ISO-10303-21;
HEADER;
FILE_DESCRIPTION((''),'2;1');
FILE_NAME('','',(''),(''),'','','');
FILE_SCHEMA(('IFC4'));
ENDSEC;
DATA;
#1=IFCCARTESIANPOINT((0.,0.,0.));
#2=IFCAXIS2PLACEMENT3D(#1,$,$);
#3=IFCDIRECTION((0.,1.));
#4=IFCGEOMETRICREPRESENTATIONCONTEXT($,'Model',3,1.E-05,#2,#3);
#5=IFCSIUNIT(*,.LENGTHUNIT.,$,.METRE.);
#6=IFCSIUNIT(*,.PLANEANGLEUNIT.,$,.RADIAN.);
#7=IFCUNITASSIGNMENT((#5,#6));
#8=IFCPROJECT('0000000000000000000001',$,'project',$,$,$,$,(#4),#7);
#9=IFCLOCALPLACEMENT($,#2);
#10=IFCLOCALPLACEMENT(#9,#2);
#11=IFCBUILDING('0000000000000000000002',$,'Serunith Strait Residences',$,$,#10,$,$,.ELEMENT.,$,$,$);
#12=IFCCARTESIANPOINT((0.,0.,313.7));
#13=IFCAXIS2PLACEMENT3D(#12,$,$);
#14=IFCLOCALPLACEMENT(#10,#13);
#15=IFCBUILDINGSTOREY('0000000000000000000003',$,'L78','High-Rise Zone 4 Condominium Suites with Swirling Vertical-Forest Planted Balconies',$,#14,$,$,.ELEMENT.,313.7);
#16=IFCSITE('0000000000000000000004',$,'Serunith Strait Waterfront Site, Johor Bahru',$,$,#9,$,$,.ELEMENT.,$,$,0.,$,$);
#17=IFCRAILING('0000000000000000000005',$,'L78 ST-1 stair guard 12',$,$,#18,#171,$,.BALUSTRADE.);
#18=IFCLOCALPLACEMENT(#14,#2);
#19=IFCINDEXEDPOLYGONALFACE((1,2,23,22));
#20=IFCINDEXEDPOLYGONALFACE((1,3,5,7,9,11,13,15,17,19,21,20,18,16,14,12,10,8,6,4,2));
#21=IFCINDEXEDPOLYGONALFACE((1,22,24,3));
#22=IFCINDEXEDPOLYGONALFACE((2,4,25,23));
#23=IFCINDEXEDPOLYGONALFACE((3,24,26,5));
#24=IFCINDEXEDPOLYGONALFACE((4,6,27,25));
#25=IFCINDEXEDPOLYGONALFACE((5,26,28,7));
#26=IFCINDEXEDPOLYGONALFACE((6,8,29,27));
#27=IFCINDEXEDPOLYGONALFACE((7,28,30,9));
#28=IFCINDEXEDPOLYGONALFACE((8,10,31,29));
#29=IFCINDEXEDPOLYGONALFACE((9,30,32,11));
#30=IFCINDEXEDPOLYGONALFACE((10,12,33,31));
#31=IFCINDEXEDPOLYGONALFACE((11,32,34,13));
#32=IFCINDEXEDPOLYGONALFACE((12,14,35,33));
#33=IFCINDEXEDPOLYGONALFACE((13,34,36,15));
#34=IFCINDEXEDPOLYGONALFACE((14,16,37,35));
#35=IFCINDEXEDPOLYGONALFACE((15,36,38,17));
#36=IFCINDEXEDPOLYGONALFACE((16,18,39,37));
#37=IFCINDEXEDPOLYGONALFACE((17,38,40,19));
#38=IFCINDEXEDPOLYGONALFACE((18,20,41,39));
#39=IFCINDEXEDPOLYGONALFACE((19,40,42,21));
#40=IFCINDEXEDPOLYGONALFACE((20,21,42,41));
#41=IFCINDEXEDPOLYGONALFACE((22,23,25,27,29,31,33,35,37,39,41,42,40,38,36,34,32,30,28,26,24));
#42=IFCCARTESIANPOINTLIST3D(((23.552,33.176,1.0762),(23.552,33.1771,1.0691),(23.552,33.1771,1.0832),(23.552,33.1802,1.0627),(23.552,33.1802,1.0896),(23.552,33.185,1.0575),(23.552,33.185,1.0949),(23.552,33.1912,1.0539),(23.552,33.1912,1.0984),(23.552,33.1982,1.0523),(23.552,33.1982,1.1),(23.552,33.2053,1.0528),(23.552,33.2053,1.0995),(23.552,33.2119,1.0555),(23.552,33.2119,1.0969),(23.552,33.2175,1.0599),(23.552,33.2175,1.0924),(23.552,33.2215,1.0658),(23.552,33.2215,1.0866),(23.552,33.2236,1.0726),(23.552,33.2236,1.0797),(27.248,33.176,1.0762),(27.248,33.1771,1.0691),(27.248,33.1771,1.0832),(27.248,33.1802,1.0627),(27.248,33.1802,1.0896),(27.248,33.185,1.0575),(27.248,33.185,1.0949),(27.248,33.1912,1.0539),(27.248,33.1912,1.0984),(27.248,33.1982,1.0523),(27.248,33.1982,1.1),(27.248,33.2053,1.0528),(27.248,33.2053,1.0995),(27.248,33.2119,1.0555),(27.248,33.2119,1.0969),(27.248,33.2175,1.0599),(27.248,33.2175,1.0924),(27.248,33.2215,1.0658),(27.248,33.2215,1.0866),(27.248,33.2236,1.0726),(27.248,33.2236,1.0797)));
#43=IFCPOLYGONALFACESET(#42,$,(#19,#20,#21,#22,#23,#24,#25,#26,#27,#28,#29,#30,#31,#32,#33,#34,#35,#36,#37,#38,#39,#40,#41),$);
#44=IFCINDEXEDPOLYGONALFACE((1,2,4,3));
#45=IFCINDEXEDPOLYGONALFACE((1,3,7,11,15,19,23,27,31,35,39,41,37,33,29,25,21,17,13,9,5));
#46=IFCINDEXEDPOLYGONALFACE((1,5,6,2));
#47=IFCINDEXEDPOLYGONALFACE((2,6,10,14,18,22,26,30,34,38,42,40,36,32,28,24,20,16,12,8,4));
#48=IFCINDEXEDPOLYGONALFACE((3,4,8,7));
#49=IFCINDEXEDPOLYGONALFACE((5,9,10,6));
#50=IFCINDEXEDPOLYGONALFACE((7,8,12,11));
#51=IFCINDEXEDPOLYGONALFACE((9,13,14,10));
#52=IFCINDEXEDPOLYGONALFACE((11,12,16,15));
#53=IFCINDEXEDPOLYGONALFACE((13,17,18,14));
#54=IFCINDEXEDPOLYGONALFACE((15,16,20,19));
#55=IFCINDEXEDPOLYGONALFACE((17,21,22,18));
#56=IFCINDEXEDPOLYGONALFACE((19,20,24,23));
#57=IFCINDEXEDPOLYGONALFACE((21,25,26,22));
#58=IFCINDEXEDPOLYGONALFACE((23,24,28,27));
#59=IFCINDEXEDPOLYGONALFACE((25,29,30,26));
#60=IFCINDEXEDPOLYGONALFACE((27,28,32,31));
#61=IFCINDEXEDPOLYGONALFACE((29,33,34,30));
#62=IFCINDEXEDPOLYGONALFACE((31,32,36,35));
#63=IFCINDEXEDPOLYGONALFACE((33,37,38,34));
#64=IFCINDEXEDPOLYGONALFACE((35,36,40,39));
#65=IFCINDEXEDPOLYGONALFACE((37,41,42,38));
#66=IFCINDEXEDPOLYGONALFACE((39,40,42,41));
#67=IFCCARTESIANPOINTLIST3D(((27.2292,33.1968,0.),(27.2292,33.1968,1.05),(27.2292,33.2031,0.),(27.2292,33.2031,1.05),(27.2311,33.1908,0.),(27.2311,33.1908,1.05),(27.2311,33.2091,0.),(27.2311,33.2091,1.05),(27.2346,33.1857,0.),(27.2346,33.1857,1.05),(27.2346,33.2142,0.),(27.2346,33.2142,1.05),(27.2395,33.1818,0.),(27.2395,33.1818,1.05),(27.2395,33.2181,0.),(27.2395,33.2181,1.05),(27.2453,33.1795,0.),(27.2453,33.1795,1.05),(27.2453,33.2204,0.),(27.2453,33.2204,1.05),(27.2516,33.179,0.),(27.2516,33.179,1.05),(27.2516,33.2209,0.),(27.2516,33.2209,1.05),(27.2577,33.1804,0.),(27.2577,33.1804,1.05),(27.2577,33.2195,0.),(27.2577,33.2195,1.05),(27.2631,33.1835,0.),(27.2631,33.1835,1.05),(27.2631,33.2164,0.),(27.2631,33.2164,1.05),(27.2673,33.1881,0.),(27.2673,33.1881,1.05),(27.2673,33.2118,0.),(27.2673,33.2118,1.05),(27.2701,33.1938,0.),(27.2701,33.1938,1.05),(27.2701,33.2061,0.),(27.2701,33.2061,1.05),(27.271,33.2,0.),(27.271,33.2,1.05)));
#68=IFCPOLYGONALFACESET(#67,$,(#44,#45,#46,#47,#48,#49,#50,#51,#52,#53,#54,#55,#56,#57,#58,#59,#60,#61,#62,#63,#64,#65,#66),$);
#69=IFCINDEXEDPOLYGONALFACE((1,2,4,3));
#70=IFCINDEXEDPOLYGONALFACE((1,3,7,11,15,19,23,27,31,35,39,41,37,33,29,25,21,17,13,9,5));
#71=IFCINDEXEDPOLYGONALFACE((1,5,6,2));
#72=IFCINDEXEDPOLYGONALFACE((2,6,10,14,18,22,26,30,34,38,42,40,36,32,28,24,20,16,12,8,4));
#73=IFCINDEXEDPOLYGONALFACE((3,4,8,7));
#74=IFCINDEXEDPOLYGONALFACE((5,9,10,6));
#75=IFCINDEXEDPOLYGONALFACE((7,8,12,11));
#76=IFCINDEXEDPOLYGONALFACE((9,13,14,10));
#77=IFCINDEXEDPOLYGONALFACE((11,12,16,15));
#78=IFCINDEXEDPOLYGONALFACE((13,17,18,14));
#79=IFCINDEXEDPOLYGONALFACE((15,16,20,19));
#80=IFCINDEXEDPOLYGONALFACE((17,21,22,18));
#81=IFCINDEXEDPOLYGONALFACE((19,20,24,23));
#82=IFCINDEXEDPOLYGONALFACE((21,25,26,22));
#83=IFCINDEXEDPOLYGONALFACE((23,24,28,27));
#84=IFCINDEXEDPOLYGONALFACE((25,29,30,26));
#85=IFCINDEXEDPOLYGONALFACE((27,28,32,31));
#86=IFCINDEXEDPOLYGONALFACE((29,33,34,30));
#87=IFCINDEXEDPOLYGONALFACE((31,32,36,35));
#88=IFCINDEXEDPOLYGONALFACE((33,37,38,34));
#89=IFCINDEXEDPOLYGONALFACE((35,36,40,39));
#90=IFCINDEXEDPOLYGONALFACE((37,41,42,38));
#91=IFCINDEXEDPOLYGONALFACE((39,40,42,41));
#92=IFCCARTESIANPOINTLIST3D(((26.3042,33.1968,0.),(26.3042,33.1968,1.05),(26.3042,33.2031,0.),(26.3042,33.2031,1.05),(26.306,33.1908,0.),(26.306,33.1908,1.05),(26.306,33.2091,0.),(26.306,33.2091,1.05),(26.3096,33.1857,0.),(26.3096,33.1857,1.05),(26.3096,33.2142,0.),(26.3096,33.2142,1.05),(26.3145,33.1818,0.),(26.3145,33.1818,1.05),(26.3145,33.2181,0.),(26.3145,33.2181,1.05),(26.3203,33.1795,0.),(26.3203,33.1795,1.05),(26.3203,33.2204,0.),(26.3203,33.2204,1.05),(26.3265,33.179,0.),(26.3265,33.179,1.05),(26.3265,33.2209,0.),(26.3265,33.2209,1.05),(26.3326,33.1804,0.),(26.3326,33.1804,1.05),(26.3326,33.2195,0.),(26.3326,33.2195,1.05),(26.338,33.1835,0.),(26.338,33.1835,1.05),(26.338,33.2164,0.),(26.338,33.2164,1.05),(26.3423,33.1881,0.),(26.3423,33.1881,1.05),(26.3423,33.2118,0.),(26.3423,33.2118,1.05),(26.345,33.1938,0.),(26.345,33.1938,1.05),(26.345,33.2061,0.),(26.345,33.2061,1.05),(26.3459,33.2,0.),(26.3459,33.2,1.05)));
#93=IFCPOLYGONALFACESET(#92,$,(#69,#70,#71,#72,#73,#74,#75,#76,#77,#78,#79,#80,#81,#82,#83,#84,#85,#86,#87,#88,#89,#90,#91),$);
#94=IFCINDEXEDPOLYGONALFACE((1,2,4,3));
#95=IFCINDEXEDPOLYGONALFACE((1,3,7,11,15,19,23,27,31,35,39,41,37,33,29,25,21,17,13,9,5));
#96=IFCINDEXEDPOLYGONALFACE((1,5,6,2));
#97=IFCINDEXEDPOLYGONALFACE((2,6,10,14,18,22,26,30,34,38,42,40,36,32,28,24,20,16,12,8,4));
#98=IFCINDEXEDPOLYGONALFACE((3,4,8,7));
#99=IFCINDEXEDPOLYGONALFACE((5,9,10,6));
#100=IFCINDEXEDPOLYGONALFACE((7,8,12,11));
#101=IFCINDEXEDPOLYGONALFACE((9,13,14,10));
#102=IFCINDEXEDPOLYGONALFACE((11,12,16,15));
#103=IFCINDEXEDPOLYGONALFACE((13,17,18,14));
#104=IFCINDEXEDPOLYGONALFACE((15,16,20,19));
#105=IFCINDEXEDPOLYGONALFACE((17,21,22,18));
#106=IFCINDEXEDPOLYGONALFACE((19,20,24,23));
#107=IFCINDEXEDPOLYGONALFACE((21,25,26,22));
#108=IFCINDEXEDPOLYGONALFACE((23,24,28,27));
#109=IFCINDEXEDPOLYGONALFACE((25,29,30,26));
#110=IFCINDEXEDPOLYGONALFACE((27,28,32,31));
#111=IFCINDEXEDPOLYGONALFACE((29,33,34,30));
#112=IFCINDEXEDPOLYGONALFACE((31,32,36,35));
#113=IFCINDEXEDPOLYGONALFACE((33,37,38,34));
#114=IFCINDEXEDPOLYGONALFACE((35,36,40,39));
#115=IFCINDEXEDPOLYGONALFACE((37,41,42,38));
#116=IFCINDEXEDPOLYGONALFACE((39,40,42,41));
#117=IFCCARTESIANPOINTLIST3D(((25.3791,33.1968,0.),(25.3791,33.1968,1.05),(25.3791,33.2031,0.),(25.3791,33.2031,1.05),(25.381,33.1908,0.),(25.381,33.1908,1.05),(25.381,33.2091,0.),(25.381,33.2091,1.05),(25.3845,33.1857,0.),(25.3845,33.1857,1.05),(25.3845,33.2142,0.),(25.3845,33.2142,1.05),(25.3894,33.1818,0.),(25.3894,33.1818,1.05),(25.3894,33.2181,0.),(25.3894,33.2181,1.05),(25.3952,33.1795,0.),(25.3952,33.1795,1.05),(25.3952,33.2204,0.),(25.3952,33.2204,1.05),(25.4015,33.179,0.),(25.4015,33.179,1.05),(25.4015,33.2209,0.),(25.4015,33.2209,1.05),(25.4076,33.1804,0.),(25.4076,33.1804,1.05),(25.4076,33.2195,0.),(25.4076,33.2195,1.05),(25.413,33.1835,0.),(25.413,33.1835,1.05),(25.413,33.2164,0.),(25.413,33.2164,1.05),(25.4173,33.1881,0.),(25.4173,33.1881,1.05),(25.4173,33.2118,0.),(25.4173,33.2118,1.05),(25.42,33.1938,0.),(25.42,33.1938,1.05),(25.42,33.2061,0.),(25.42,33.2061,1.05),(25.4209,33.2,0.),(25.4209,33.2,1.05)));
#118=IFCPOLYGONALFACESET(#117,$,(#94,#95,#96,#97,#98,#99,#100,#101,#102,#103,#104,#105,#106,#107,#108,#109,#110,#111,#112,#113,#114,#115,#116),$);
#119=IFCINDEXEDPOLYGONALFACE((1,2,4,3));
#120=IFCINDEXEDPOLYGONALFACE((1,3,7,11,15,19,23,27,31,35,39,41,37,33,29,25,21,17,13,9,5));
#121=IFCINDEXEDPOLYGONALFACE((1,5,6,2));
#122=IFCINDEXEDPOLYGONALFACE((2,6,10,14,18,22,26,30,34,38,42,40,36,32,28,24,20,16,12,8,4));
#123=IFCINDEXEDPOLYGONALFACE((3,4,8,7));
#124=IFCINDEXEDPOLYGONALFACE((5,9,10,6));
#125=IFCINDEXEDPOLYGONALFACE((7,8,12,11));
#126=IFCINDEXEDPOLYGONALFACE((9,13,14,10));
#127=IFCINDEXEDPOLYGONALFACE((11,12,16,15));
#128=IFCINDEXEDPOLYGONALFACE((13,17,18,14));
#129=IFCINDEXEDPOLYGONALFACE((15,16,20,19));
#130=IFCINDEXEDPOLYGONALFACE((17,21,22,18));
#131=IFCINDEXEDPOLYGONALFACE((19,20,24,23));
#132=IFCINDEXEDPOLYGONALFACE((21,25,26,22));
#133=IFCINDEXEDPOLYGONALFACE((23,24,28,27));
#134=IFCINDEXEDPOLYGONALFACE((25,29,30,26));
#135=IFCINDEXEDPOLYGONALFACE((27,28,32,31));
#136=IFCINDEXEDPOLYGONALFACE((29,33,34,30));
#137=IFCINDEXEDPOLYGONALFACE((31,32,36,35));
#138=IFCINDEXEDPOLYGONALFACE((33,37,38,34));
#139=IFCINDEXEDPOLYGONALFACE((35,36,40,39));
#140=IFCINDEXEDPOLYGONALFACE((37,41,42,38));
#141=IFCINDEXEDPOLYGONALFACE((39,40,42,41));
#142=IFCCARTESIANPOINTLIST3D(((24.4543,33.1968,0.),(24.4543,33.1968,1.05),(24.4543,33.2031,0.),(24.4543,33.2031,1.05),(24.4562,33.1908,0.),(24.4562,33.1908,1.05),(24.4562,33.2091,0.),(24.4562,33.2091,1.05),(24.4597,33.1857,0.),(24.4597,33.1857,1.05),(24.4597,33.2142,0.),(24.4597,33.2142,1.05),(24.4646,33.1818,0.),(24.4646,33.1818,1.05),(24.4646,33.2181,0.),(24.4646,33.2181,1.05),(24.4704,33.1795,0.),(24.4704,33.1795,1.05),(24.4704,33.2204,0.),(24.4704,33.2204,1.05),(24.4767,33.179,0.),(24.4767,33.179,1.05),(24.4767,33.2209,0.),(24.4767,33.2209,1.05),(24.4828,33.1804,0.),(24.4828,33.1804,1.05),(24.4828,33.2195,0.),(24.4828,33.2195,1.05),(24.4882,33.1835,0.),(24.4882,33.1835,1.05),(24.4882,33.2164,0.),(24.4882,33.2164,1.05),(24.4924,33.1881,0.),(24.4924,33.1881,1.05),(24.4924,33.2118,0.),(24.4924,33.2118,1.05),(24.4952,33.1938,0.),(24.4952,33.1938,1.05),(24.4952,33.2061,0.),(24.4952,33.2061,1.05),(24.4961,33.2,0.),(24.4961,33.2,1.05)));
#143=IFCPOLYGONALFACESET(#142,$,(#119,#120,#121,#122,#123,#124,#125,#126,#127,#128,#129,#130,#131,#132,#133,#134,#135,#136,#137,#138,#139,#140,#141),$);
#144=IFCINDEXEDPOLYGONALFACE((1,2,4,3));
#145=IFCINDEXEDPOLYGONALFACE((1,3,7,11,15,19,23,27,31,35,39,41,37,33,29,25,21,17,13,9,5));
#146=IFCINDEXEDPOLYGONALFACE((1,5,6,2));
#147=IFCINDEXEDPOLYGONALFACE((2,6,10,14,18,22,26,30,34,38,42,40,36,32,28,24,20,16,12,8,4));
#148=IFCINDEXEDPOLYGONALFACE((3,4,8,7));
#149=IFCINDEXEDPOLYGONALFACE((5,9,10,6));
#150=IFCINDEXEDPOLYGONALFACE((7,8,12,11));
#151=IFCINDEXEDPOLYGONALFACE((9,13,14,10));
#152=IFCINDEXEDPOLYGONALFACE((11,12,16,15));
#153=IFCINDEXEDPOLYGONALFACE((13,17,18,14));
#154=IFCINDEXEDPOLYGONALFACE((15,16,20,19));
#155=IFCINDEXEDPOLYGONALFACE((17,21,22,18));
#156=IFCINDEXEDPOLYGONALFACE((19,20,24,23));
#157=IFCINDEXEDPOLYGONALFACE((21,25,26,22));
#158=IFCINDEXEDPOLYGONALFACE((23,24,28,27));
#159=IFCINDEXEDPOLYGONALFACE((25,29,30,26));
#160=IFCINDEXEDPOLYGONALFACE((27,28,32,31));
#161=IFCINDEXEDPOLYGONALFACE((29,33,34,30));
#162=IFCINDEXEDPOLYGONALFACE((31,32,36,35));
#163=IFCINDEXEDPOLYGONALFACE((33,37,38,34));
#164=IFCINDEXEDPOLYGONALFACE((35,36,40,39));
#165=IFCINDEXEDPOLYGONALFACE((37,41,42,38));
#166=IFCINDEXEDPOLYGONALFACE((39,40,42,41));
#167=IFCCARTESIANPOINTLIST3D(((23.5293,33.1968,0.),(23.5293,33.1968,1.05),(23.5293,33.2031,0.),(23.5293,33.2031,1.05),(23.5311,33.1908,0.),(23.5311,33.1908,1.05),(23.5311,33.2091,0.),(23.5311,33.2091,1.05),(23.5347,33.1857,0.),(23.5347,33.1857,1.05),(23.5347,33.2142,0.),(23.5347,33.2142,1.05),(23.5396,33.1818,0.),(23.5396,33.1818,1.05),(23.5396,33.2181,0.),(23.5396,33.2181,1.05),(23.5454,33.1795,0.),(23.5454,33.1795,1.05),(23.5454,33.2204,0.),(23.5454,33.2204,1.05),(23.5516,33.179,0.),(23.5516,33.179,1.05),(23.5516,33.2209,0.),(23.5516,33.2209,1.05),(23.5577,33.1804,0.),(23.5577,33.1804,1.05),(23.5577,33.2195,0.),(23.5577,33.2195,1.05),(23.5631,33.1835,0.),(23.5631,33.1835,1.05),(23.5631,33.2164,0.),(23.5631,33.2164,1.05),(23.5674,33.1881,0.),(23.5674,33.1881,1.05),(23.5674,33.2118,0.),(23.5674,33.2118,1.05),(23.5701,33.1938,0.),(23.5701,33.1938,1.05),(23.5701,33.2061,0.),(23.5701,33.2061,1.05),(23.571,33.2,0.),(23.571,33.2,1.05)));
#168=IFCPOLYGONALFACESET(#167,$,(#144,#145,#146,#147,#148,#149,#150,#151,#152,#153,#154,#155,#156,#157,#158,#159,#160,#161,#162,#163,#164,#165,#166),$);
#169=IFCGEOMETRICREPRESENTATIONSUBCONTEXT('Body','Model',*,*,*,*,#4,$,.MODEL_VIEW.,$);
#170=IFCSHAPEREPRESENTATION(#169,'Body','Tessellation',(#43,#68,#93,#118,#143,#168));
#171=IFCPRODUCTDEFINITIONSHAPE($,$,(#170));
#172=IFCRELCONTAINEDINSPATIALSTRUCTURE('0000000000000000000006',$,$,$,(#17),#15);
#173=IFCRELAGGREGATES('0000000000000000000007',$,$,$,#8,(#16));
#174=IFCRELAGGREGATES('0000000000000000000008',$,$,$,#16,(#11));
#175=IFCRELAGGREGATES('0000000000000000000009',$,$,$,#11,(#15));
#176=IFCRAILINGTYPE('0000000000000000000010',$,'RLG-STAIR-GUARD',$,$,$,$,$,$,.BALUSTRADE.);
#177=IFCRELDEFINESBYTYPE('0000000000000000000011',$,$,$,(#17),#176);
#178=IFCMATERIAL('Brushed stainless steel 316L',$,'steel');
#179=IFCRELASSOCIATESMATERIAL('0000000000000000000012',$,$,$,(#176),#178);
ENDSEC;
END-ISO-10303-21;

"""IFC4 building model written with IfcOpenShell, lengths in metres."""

from ifc_helpers import new_model, si_unit, direction, frame, origin, origin_2d, place, context, subcontext, project, spatial, circle, extrude, material, type_object, element, save


model = new_model("IFC4")

# Units and contexts
model_context = context("Model", 3, precision=1e-05, world=origin(), true_north=direction((0.0, 1.0)))
body_context = subcontext(model_context, "Body", "Model", "MODEL_VIEW")
ifc_project = project(units=[si_unit("LENGTHUNIT", "METRE"), si_unit("PLANEANGLEUNIT", "RADIAN")], contexts=[model_context])

# Site, building, storey
site_placement = place(None, origin())
site = spatial("IfcSite", under=ifc_project, at=site_placement, Name="Serunith Strait Waterfront Site, Johor Bahru", CompositionType="ELEMENT", RefElevation=0.0)
building_placement = place(site_placement, origin())
building = spatial("IfcBuilding", under=site, at=building_placement, Name="Serunith Strait Residences", CompositionType="ELEMENT")
storey_placement = place(building_placement, frame((0.0, 0.0, 313.7)))
storey = spatial("IfcBuildingStorey", under=building, at=storey_placement, Name="L78", Description="High-Rise Zone 4 Condominium Suites with Swirling Vertical-Forest Planted Balconies", CompositionType="ELEMENT", Elevation=313.7)

# Railing
ifc_material_1 = material(Name="Brushed stainless steel 316L", Category="steel")
railing_type_1 = type_object("IfcRailingType", Name="RLG-STAIR-GUARD", PredefinedType="BALUSTRADE", material=ifc_material_1)
railing_1_placement = place(storey_placement, frame((27.25, 33.2, 0.0)))
element("IfcRailing", 1, at=railing_1_placement, inside=storey, type_object=railing_type_1, Name="L78 ST-1 stair guard 12", PredefinedType="BALUSTRADE", context=body_context, shape_type="SweptSolid", body=[
    extrude(circle(Radius=0.0239, at=origin_2d()), frame((-0.002, 0.0, 1.0762), z_axis=(-1.0, 0.0, 0.0), x_axis=(0.0, -1.0, 0.0)), (0.0, 0.0, 1.0), 3.696),
    extrude(circle(Radius=0.021, at=origin_2d()), origin(), (0.0, 0.0, 1.0), 1.05),
    extrude(circle(Radius=0.021, at=origin_2d()), frame((-0.925, 0.0, 0.0)), (0.0, 0.0, 1.0), 1.05),
    extrude(circle(Radius=0.021, at=origin_2d()), frame((-1.8501, 0.0, 0.0)), (0.0, 0.0, 1.0), 1.05),
    extrude(circle(Radius=0.021, at=origin_2d()), frame((-2.7749, 0.0, 0.0)), (0.0, 0.0, 1.0), 1.05),
    extrude(circle(Radius=0.021, at=origin_2d()), frame((-3.7, 0.0, 0.0)), (0.0, 0.0, 1.0), 1.05),
])

save(model, "model.ifc")
